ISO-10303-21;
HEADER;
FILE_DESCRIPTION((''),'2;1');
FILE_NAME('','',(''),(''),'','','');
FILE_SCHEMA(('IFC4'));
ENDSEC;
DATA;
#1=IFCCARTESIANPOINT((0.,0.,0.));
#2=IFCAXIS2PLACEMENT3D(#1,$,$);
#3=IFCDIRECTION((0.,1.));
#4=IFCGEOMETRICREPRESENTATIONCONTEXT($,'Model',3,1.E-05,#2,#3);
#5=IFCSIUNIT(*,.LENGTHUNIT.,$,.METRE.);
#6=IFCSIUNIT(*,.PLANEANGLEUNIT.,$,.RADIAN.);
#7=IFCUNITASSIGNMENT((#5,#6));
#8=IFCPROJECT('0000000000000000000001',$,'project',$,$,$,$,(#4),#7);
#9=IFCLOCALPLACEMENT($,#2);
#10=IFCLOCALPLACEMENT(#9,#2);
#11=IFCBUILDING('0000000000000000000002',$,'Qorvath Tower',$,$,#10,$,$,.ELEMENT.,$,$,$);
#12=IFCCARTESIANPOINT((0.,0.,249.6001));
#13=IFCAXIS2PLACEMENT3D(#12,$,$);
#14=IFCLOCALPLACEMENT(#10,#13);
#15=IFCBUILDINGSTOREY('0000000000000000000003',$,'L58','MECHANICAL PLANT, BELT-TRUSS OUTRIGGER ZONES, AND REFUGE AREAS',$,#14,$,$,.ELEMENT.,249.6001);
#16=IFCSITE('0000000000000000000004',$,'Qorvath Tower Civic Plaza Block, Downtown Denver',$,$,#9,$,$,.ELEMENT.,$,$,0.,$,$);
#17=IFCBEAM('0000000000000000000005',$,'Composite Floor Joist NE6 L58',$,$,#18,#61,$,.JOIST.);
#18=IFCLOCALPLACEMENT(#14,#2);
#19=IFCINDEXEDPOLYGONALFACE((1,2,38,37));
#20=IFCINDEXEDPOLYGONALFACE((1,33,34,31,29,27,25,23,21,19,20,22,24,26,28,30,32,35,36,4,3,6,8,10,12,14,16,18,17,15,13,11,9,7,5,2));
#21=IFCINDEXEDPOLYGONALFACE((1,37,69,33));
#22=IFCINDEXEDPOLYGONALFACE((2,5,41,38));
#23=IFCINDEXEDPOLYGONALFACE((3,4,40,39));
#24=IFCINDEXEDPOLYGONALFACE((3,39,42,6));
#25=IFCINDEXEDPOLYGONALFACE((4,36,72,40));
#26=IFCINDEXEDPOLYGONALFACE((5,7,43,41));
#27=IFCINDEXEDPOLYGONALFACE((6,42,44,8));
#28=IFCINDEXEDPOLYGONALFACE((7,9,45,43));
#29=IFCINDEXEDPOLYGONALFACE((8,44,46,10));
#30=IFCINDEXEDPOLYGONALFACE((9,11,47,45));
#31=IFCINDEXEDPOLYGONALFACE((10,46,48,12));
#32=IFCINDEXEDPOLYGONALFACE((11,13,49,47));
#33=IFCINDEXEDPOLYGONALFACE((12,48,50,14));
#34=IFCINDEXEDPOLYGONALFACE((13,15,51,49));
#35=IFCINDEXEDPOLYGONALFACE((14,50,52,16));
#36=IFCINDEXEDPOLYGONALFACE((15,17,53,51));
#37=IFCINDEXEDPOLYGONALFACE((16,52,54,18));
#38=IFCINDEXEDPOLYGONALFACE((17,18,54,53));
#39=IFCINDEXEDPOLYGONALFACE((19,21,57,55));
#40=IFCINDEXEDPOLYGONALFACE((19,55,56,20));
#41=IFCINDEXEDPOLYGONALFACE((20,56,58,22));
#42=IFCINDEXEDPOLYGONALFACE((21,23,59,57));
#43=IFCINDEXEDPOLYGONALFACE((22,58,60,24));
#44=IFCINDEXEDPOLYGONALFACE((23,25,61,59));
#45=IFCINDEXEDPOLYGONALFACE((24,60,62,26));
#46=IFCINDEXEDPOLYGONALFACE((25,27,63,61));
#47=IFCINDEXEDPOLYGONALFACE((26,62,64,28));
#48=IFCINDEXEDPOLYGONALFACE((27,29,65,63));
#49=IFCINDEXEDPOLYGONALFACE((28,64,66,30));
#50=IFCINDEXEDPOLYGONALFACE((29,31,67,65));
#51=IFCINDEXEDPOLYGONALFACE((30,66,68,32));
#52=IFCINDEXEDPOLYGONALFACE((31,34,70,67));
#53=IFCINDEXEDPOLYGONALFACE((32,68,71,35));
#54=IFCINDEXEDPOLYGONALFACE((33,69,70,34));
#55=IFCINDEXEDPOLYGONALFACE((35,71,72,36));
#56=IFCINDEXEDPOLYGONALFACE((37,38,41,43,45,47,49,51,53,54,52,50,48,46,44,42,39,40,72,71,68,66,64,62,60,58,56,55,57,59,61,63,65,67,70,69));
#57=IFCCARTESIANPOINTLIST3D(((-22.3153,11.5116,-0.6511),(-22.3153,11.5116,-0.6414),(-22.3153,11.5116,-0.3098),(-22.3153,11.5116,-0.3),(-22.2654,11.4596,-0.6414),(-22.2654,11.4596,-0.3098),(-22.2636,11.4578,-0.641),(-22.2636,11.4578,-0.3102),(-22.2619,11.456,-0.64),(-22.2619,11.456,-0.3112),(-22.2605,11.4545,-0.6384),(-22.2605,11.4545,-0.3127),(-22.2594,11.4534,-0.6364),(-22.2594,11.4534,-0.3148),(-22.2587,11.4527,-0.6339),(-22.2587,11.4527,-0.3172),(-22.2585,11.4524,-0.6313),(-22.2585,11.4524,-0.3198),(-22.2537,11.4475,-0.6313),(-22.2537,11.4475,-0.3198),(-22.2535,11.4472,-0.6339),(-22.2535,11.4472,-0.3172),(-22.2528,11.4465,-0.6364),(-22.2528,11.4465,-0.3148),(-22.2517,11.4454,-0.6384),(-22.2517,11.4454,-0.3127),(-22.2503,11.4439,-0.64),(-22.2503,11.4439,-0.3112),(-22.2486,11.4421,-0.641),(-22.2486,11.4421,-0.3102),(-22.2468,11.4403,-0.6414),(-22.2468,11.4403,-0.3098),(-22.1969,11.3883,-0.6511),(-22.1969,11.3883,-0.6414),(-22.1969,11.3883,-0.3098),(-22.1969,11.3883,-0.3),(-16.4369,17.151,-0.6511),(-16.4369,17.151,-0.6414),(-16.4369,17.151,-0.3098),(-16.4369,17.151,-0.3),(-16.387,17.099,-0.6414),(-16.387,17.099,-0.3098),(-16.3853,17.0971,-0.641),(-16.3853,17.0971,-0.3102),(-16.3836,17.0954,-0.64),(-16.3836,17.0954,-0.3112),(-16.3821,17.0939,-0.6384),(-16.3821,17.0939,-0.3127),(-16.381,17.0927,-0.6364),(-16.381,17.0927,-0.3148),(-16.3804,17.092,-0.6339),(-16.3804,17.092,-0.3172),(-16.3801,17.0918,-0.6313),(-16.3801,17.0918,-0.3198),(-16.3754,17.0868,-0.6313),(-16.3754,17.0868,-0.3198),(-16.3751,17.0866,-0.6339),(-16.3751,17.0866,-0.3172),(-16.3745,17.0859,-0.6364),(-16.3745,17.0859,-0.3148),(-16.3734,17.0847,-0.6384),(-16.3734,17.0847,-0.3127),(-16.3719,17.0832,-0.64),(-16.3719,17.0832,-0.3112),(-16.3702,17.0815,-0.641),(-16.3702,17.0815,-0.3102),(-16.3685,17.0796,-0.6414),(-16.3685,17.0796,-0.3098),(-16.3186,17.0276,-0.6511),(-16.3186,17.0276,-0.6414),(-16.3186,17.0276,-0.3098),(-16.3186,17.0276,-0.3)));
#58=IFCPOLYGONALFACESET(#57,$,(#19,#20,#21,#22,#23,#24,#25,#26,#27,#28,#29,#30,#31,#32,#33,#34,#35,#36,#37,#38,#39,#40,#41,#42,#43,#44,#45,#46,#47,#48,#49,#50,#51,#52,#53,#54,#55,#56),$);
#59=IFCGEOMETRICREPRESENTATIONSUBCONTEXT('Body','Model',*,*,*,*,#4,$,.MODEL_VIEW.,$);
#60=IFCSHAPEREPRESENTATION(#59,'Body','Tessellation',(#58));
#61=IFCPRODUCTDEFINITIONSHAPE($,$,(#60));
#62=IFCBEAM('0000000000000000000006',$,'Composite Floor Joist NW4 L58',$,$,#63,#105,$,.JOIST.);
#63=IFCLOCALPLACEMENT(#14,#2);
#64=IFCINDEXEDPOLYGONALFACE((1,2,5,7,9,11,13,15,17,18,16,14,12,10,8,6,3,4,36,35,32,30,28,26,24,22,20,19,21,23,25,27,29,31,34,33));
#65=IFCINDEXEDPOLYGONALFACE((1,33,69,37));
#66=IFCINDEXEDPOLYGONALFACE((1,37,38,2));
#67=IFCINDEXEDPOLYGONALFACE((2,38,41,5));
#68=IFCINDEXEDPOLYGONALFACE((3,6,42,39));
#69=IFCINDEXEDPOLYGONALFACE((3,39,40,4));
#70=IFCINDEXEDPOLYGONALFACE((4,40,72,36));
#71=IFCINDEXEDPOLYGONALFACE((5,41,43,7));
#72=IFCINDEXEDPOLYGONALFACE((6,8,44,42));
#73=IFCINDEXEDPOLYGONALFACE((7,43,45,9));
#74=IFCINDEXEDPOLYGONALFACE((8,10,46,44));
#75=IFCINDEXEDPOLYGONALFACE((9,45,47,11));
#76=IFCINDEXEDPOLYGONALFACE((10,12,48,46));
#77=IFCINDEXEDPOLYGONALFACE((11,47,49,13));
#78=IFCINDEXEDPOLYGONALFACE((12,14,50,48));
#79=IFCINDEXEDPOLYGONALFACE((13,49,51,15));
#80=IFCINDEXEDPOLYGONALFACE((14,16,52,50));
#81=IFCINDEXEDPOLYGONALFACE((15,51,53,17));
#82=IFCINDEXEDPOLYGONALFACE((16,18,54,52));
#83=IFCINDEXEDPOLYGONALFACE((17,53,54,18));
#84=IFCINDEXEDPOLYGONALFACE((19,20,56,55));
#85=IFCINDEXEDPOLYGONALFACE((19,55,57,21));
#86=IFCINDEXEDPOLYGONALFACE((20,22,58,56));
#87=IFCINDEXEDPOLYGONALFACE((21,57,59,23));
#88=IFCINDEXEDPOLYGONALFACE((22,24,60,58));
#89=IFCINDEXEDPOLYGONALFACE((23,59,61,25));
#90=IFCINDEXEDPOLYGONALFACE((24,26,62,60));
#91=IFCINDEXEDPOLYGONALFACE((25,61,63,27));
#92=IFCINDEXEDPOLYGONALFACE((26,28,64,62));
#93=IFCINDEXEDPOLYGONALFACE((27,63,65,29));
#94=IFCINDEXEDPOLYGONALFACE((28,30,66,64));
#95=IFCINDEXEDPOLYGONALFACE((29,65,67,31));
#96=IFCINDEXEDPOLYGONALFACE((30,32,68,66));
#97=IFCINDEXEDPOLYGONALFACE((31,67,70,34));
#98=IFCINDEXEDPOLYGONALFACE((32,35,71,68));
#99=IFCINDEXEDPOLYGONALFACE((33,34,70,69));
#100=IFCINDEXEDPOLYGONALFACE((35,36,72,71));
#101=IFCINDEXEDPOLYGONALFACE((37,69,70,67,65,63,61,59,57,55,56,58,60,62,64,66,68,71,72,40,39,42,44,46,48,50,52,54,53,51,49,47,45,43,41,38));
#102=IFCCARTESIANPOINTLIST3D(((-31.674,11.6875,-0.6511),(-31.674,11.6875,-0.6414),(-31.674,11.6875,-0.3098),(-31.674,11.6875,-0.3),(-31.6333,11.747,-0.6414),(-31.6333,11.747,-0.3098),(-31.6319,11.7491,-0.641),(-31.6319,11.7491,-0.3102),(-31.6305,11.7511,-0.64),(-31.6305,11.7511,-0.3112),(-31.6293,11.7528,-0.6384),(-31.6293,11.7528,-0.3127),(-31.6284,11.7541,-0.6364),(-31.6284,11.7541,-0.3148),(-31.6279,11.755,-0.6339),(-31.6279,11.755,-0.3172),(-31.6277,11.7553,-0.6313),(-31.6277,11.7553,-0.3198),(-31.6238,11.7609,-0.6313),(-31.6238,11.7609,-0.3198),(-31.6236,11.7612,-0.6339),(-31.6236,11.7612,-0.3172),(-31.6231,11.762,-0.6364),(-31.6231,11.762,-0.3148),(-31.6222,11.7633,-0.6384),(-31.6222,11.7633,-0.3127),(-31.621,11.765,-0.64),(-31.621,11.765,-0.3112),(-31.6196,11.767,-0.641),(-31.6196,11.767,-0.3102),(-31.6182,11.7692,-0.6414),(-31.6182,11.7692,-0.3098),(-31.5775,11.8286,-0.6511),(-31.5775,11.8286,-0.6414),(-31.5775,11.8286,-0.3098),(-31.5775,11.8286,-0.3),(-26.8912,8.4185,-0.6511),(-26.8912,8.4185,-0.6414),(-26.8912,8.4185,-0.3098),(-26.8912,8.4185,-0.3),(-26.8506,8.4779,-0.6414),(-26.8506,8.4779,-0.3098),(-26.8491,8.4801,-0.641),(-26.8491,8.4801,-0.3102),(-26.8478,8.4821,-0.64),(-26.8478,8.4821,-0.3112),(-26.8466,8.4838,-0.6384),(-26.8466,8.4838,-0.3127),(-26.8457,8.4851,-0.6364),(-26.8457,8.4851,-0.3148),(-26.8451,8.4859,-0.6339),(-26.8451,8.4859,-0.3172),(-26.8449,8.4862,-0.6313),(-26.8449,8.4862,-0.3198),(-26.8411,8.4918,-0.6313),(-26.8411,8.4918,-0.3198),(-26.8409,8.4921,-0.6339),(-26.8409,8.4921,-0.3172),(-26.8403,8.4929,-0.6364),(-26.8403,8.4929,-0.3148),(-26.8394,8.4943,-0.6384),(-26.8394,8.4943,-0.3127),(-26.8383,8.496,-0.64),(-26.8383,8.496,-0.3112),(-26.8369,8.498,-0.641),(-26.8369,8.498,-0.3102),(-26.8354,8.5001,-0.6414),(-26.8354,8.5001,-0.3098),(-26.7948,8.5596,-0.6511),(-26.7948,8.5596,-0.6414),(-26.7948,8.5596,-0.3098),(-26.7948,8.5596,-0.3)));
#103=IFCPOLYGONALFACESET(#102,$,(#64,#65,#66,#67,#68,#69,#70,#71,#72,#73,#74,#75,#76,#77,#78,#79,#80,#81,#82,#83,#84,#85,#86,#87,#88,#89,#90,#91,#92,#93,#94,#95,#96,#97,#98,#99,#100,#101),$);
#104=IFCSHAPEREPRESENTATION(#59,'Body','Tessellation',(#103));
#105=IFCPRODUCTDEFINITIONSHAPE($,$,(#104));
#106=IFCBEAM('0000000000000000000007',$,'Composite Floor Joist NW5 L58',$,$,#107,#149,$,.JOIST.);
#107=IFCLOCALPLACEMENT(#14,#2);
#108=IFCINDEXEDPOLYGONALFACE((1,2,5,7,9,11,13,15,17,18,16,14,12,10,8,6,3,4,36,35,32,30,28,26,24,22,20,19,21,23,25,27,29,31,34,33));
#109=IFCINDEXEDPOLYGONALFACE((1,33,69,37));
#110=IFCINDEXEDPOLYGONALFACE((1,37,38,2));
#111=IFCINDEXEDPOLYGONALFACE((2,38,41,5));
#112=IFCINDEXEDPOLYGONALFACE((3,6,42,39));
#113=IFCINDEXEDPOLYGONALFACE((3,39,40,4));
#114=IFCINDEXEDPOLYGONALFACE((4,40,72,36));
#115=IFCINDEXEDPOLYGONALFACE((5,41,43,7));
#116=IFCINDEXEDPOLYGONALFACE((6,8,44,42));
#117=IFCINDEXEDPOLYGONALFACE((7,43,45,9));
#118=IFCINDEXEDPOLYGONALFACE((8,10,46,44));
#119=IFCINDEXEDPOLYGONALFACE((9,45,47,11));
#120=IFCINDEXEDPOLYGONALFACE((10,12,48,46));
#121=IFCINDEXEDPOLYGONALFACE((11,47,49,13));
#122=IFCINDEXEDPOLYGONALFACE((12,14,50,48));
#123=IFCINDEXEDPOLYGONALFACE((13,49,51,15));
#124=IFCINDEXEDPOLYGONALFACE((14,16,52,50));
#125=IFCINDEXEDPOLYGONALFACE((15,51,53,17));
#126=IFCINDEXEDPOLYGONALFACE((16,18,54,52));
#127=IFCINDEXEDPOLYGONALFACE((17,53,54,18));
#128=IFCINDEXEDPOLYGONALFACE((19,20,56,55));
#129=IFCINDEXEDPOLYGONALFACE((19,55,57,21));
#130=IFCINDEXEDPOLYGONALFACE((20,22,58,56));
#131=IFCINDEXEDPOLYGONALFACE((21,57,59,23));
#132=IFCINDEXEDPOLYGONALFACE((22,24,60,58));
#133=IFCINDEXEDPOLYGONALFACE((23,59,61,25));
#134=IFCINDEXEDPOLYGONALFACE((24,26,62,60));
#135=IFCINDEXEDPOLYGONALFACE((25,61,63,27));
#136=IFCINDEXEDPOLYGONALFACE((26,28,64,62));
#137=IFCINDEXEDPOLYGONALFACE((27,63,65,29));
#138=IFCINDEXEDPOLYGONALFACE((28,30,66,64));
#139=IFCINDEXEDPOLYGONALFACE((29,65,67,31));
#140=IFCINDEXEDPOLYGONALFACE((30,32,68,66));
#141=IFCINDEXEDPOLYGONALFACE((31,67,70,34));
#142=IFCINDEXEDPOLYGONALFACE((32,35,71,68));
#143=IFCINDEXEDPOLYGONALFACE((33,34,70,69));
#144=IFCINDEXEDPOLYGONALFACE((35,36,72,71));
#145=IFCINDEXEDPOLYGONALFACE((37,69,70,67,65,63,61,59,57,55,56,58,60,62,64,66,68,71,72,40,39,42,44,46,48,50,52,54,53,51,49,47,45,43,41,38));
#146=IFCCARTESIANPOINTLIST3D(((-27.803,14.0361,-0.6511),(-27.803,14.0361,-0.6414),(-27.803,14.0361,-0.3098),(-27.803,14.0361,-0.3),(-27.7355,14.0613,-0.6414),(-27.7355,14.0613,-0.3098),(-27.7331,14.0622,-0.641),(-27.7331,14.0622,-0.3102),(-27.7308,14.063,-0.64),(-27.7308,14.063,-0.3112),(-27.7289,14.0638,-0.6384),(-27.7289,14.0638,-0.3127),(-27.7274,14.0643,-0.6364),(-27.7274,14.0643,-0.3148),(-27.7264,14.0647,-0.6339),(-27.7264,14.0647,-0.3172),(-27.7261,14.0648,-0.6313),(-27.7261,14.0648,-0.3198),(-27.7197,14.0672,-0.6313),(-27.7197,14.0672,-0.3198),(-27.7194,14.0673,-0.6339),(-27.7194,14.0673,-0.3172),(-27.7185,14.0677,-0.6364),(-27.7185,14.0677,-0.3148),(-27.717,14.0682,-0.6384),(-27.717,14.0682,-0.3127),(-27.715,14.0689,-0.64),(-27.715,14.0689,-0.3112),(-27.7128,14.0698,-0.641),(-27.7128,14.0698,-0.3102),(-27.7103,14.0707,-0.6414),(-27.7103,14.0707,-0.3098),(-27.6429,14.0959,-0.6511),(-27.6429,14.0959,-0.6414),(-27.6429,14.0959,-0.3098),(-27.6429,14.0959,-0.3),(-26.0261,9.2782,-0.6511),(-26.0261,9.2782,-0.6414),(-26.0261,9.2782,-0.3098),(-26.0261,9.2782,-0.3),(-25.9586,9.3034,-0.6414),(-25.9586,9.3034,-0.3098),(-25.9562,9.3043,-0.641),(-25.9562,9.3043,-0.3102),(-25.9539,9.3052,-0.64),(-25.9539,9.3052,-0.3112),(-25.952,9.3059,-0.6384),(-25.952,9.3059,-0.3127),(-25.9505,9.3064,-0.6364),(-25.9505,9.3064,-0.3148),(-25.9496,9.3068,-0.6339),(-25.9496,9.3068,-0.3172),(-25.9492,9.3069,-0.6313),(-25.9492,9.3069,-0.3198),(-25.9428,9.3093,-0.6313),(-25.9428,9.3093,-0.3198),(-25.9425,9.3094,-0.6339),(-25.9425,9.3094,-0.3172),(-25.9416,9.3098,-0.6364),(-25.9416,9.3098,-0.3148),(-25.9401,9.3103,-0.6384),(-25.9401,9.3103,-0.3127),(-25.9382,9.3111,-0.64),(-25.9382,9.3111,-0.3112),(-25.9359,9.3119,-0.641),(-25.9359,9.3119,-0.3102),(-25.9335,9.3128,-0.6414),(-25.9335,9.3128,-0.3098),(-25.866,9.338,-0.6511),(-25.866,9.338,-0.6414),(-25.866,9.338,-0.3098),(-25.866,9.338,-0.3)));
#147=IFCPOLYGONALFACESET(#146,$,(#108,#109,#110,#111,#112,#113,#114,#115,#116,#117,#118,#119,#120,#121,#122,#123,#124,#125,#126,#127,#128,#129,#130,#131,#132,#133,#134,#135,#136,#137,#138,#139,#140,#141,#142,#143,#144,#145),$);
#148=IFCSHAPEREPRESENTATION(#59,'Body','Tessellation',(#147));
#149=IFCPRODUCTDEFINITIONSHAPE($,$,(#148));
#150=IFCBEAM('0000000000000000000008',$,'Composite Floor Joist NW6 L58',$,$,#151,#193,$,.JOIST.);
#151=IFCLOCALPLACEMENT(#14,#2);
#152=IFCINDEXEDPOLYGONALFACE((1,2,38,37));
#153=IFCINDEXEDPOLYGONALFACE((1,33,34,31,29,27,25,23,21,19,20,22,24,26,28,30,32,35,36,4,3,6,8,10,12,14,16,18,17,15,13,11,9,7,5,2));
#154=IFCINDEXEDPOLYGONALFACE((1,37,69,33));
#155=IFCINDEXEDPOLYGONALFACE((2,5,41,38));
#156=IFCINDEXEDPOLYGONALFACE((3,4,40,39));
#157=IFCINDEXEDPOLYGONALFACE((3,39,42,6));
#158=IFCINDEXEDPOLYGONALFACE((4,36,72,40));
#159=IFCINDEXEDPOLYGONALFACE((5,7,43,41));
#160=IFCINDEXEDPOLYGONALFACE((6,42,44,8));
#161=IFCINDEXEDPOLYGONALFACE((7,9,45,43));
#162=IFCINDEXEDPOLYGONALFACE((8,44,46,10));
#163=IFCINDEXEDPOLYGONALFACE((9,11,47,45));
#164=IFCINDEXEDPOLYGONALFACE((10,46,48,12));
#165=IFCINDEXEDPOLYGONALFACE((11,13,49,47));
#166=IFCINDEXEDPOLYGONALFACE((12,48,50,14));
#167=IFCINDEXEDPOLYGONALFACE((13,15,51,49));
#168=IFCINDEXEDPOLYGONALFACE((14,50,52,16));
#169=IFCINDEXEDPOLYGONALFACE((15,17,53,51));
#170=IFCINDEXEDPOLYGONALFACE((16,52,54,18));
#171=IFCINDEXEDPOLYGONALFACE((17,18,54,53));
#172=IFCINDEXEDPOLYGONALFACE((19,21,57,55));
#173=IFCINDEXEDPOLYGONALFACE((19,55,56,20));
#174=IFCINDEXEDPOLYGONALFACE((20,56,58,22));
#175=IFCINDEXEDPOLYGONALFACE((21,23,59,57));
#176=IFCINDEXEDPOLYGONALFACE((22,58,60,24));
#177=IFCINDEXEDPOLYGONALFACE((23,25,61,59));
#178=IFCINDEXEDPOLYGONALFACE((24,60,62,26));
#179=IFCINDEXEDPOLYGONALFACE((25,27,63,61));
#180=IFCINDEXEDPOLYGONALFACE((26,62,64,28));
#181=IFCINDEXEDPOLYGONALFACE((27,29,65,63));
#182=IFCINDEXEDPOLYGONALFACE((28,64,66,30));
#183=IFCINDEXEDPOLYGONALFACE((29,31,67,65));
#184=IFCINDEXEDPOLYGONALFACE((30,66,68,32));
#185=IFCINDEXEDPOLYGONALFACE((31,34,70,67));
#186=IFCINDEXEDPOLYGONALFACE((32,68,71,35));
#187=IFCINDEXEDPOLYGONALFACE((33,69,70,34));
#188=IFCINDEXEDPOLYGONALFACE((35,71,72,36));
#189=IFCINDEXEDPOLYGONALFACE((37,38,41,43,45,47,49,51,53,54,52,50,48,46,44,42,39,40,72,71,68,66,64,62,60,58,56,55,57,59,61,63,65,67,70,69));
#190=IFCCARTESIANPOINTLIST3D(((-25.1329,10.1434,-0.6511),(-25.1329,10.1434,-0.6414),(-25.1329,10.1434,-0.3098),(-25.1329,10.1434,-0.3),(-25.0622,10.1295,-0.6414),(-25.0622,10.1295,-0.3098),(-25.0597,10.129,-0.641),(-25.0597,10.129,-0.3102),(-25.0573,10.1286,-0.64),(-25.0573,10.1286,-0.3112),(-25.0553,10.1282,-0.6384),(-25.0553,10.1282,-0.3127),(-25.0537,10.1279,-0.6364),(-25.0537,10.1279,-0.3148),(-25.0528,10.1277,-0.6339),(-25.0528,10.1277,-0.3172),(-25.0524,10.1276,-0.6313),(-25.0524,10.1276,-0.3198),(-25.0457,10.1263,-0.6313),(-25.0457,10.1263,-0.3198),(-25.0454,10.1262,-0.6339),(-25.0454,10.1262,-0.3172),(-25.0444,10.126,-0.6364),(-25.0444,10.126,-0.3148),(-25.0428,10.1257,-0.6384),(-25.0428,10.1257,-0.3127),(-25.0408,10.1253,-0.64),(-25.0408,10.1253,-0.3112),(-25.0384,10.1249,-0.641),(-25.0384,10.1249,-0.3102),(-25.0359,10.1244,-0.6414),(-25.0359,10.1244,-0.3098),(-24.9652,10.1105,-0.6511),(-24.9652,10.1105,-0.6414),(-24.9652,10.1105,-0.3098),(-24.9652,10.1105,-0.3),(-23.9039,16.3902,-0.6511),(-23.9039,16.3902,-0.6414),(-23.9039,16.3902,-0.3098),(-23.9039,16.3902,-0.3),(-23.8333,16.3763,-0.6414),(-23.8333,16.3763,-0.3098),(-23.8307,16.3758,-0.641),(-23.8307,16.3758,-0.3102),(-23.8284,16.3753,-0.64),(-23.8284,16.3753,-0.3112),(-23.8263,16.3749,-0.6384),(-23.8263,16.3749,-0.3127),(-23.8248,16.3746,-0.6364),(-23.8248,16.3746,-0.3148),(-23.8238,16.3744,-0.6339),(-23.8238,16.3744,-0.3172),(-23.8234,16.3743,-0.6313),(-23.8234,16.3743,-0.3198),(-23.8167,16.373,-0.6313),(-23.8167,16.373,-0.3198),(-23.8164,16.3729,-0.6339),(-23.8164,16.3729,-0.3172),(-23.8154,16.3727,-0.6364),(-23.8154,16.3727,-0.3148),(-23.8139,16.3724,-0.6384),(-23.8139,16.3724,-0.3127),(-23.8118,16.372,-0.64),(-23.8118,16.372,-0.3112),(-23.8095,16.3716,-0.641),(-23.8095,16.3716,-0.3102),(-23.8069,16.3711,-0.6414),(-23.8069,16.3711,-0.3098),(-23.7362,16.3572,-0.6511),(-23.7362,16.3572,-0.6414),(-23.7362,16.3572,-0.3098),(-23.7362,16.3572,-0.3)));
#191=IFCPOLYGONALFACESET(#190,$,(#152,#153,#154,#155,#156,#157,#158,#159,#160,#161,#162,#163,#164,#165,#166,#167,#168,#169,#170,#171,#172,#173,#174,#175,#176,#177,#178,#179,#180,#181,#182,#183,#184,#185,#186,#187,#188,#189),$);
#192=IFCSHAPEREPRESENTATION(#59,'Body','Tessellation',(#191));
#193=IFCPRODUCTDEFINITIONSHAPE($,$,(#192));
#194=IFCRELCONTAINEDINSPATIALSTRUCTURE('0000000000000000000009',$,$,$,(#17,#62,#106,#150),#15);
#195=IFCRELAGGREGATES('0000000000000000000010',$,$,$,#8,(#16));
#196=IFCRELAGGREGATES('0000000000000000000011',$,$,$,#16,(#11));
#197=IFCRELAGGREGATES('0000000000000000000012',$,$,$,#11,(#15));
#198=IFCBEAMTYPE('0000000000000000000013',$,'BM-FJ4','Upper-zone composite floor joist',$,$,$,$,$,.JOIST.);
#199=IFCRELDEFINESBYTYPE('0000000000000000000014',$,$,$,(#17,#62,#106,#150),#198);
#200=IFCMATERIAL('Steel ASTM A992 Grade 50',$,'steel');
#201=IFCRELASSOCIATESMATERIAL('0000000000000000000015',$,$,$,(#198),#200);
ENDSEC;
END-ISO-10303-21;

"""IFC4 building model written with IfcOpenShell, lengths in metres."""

from ifc_helpers import new_model, si_unit, direction, frame, origin, origin_2d, place, context, subcontext, project, spatial, i_section, extrude, material, material_profile, profile_set, type_object, element, save


model = new_model("IFC4")

# Units and contexts
model_context = context("Model", 3, precision=1e-05, world=origin(), true_north=direction((0.0, 1.0)))
body_context = subcontext(model_context, "Body", "Model", "MODEL_VIEW")
ifc_project = project(units=[si_unit("LENGTHUNIT", "METRE"), si_unit("PLANEANGLEUNIT", "RADIAN")], contexts=[model_context])

# Site, building, storey
site_placement = place(None, origin())
site = spatial("IfcSite", under=ifc_project, at=site_placement, Name="Qorvath Tower Civic Plaza Block, Downtown Denver", CompositionType="ELEMENT", RefElevation=0.0)
building_placement = place(site_placement, origin())
building = spatial("IfcBuilding", under=site, at=building_placement, Name="Qorvath Tower", CompositionType="ELEMENT")
storey_placement = place(building_placement, frame((0.0, 0.0, 249.6001)))
storey = spatial("IfcBuildingStorey", under=building, at=storey_placement, Name="L58", Description="MECHANICAL PLANT, BELT-TRUSS OUTRIGGER ZONES, AND REFUGE AREAS", CompositionType="ELEMENT", Elevation=249.6001)

# Beams
ifc_material_1 = material(Name="Steel ASTM A992 Grade 50", Category="steel")
ifc_material_profile_1 = material_profile(ifc_material_1, i_section(OverallWidth=0.1709, OverallDepth=0.3511, WebThickness=0.0068, FlangeThickness=0.0098, FilletRadius=0.01, at=origin_2d()), Name="W14x30")
ifc_profile_set_1 = profile_set([ifc_material_profile_1], Name="Steel ASTM A992 Grade 50")
beam_type_1 = type_object("IfcBeamType", Name="BM-FJ4", Description="Upper-zone composite floor joist", PredefinedType="JOIST", material=ifc_profile_set_1)
beam_1_placement = place(storey_placement, frame((-22.2561, 11.45, -0.4756), z_axis=(0.721625, 0.692284, 0.0), x_axis=(-0.692284, 0.721625, 0.0)))
element("IfcBeam", 1, at=beam_1_placement, inside=storey, type_object=beam_type_1, Name="Composite Floor Joist NE6 L58", PredefinedType="JOIST", context=body_context, shape_type="SweptSolid", body=[
    extrude(i_section(OverallWidth=0.1709, OverallDepth=0.3511, WebThickness=0.0068, FlangeThickness=0.0098, FilletRadius=0.01, at=origin_2d()), origin(), (0.0, 0.0, 1.0), 8.146),
])
beam_2_placement = place(storey_placement, frame((-26.843, 8.489, -0.4756), z_axis=(-0.825576, 0.564291, 0.0), x_axis=(-0.564291, -0.825576, 0.0)))
element("IfcBeam", 2, at=beam_2_placement, inside=storey, type_object=beam_type_1, Name="Composite Floor Joist NW4 L58", PredefinedType="JOIST", context=body_context, shape_type="SweptSolid", body=[
    extrude(i_section(OverallWidth=0.1709, OverallDepth=0.3511, WebThickness=0.0068, FlangeThickness=0.0098, FilletRadius=0.01, at=origin_2d()), origin(), (0.0, 0.0, 1.0), 5.7932),
])
beam_3_placement = place(storey_placement, frame((-25.946, 9.3081, -0.4756), z_axis=(-0.349859, 0.936802, 0.0), x_axis=(-0.936802, -0.349859, 0.0)))
element("IfcBeam", 3, at=beam_3_placement, inside=storey, type_object=beam_type_1, Name="Composite Floor Joist NW5 L58", PredefinedType="JOIST", context=body_context, shape_type="SweptSolid", body=[
    extrude(i_section(OverallWidth=0.1709, OverallDepth=0.3511, WebThickness=0.0068, FlangeThickness=0.0098, FilletRadius=0.01, at=origin_2d()), origin(), (0.0, 0.0, 1.0), 5.0789),
])
beam_4_placement = place(storey_placement, frame((-25.0491, 10.127, -0.4756), z_axis=(0.19304, 0.981191, 0.0), x_axis=(-0.981191, 0.19304, 0.0)))
element("IfcBeam", 4, at=beam_4_placement, inside=storey, type_object=beam_type_1, Name="Composite Floor Joist NW6 L58", PredefinedType="JOIST", context=body_context, shape_type="SweptSolid", body=[
    extrude(i_section(OverallWidth=0.1709, OverallDepth=0.3511, WebThickness=0.0068, FlangeThickness=0.0098, FilletRadius=0.01, at=origin_2d()), origin(), (0.0, 0.0, 1.0), 6.3665),
])

save(model, "model.ifc")
